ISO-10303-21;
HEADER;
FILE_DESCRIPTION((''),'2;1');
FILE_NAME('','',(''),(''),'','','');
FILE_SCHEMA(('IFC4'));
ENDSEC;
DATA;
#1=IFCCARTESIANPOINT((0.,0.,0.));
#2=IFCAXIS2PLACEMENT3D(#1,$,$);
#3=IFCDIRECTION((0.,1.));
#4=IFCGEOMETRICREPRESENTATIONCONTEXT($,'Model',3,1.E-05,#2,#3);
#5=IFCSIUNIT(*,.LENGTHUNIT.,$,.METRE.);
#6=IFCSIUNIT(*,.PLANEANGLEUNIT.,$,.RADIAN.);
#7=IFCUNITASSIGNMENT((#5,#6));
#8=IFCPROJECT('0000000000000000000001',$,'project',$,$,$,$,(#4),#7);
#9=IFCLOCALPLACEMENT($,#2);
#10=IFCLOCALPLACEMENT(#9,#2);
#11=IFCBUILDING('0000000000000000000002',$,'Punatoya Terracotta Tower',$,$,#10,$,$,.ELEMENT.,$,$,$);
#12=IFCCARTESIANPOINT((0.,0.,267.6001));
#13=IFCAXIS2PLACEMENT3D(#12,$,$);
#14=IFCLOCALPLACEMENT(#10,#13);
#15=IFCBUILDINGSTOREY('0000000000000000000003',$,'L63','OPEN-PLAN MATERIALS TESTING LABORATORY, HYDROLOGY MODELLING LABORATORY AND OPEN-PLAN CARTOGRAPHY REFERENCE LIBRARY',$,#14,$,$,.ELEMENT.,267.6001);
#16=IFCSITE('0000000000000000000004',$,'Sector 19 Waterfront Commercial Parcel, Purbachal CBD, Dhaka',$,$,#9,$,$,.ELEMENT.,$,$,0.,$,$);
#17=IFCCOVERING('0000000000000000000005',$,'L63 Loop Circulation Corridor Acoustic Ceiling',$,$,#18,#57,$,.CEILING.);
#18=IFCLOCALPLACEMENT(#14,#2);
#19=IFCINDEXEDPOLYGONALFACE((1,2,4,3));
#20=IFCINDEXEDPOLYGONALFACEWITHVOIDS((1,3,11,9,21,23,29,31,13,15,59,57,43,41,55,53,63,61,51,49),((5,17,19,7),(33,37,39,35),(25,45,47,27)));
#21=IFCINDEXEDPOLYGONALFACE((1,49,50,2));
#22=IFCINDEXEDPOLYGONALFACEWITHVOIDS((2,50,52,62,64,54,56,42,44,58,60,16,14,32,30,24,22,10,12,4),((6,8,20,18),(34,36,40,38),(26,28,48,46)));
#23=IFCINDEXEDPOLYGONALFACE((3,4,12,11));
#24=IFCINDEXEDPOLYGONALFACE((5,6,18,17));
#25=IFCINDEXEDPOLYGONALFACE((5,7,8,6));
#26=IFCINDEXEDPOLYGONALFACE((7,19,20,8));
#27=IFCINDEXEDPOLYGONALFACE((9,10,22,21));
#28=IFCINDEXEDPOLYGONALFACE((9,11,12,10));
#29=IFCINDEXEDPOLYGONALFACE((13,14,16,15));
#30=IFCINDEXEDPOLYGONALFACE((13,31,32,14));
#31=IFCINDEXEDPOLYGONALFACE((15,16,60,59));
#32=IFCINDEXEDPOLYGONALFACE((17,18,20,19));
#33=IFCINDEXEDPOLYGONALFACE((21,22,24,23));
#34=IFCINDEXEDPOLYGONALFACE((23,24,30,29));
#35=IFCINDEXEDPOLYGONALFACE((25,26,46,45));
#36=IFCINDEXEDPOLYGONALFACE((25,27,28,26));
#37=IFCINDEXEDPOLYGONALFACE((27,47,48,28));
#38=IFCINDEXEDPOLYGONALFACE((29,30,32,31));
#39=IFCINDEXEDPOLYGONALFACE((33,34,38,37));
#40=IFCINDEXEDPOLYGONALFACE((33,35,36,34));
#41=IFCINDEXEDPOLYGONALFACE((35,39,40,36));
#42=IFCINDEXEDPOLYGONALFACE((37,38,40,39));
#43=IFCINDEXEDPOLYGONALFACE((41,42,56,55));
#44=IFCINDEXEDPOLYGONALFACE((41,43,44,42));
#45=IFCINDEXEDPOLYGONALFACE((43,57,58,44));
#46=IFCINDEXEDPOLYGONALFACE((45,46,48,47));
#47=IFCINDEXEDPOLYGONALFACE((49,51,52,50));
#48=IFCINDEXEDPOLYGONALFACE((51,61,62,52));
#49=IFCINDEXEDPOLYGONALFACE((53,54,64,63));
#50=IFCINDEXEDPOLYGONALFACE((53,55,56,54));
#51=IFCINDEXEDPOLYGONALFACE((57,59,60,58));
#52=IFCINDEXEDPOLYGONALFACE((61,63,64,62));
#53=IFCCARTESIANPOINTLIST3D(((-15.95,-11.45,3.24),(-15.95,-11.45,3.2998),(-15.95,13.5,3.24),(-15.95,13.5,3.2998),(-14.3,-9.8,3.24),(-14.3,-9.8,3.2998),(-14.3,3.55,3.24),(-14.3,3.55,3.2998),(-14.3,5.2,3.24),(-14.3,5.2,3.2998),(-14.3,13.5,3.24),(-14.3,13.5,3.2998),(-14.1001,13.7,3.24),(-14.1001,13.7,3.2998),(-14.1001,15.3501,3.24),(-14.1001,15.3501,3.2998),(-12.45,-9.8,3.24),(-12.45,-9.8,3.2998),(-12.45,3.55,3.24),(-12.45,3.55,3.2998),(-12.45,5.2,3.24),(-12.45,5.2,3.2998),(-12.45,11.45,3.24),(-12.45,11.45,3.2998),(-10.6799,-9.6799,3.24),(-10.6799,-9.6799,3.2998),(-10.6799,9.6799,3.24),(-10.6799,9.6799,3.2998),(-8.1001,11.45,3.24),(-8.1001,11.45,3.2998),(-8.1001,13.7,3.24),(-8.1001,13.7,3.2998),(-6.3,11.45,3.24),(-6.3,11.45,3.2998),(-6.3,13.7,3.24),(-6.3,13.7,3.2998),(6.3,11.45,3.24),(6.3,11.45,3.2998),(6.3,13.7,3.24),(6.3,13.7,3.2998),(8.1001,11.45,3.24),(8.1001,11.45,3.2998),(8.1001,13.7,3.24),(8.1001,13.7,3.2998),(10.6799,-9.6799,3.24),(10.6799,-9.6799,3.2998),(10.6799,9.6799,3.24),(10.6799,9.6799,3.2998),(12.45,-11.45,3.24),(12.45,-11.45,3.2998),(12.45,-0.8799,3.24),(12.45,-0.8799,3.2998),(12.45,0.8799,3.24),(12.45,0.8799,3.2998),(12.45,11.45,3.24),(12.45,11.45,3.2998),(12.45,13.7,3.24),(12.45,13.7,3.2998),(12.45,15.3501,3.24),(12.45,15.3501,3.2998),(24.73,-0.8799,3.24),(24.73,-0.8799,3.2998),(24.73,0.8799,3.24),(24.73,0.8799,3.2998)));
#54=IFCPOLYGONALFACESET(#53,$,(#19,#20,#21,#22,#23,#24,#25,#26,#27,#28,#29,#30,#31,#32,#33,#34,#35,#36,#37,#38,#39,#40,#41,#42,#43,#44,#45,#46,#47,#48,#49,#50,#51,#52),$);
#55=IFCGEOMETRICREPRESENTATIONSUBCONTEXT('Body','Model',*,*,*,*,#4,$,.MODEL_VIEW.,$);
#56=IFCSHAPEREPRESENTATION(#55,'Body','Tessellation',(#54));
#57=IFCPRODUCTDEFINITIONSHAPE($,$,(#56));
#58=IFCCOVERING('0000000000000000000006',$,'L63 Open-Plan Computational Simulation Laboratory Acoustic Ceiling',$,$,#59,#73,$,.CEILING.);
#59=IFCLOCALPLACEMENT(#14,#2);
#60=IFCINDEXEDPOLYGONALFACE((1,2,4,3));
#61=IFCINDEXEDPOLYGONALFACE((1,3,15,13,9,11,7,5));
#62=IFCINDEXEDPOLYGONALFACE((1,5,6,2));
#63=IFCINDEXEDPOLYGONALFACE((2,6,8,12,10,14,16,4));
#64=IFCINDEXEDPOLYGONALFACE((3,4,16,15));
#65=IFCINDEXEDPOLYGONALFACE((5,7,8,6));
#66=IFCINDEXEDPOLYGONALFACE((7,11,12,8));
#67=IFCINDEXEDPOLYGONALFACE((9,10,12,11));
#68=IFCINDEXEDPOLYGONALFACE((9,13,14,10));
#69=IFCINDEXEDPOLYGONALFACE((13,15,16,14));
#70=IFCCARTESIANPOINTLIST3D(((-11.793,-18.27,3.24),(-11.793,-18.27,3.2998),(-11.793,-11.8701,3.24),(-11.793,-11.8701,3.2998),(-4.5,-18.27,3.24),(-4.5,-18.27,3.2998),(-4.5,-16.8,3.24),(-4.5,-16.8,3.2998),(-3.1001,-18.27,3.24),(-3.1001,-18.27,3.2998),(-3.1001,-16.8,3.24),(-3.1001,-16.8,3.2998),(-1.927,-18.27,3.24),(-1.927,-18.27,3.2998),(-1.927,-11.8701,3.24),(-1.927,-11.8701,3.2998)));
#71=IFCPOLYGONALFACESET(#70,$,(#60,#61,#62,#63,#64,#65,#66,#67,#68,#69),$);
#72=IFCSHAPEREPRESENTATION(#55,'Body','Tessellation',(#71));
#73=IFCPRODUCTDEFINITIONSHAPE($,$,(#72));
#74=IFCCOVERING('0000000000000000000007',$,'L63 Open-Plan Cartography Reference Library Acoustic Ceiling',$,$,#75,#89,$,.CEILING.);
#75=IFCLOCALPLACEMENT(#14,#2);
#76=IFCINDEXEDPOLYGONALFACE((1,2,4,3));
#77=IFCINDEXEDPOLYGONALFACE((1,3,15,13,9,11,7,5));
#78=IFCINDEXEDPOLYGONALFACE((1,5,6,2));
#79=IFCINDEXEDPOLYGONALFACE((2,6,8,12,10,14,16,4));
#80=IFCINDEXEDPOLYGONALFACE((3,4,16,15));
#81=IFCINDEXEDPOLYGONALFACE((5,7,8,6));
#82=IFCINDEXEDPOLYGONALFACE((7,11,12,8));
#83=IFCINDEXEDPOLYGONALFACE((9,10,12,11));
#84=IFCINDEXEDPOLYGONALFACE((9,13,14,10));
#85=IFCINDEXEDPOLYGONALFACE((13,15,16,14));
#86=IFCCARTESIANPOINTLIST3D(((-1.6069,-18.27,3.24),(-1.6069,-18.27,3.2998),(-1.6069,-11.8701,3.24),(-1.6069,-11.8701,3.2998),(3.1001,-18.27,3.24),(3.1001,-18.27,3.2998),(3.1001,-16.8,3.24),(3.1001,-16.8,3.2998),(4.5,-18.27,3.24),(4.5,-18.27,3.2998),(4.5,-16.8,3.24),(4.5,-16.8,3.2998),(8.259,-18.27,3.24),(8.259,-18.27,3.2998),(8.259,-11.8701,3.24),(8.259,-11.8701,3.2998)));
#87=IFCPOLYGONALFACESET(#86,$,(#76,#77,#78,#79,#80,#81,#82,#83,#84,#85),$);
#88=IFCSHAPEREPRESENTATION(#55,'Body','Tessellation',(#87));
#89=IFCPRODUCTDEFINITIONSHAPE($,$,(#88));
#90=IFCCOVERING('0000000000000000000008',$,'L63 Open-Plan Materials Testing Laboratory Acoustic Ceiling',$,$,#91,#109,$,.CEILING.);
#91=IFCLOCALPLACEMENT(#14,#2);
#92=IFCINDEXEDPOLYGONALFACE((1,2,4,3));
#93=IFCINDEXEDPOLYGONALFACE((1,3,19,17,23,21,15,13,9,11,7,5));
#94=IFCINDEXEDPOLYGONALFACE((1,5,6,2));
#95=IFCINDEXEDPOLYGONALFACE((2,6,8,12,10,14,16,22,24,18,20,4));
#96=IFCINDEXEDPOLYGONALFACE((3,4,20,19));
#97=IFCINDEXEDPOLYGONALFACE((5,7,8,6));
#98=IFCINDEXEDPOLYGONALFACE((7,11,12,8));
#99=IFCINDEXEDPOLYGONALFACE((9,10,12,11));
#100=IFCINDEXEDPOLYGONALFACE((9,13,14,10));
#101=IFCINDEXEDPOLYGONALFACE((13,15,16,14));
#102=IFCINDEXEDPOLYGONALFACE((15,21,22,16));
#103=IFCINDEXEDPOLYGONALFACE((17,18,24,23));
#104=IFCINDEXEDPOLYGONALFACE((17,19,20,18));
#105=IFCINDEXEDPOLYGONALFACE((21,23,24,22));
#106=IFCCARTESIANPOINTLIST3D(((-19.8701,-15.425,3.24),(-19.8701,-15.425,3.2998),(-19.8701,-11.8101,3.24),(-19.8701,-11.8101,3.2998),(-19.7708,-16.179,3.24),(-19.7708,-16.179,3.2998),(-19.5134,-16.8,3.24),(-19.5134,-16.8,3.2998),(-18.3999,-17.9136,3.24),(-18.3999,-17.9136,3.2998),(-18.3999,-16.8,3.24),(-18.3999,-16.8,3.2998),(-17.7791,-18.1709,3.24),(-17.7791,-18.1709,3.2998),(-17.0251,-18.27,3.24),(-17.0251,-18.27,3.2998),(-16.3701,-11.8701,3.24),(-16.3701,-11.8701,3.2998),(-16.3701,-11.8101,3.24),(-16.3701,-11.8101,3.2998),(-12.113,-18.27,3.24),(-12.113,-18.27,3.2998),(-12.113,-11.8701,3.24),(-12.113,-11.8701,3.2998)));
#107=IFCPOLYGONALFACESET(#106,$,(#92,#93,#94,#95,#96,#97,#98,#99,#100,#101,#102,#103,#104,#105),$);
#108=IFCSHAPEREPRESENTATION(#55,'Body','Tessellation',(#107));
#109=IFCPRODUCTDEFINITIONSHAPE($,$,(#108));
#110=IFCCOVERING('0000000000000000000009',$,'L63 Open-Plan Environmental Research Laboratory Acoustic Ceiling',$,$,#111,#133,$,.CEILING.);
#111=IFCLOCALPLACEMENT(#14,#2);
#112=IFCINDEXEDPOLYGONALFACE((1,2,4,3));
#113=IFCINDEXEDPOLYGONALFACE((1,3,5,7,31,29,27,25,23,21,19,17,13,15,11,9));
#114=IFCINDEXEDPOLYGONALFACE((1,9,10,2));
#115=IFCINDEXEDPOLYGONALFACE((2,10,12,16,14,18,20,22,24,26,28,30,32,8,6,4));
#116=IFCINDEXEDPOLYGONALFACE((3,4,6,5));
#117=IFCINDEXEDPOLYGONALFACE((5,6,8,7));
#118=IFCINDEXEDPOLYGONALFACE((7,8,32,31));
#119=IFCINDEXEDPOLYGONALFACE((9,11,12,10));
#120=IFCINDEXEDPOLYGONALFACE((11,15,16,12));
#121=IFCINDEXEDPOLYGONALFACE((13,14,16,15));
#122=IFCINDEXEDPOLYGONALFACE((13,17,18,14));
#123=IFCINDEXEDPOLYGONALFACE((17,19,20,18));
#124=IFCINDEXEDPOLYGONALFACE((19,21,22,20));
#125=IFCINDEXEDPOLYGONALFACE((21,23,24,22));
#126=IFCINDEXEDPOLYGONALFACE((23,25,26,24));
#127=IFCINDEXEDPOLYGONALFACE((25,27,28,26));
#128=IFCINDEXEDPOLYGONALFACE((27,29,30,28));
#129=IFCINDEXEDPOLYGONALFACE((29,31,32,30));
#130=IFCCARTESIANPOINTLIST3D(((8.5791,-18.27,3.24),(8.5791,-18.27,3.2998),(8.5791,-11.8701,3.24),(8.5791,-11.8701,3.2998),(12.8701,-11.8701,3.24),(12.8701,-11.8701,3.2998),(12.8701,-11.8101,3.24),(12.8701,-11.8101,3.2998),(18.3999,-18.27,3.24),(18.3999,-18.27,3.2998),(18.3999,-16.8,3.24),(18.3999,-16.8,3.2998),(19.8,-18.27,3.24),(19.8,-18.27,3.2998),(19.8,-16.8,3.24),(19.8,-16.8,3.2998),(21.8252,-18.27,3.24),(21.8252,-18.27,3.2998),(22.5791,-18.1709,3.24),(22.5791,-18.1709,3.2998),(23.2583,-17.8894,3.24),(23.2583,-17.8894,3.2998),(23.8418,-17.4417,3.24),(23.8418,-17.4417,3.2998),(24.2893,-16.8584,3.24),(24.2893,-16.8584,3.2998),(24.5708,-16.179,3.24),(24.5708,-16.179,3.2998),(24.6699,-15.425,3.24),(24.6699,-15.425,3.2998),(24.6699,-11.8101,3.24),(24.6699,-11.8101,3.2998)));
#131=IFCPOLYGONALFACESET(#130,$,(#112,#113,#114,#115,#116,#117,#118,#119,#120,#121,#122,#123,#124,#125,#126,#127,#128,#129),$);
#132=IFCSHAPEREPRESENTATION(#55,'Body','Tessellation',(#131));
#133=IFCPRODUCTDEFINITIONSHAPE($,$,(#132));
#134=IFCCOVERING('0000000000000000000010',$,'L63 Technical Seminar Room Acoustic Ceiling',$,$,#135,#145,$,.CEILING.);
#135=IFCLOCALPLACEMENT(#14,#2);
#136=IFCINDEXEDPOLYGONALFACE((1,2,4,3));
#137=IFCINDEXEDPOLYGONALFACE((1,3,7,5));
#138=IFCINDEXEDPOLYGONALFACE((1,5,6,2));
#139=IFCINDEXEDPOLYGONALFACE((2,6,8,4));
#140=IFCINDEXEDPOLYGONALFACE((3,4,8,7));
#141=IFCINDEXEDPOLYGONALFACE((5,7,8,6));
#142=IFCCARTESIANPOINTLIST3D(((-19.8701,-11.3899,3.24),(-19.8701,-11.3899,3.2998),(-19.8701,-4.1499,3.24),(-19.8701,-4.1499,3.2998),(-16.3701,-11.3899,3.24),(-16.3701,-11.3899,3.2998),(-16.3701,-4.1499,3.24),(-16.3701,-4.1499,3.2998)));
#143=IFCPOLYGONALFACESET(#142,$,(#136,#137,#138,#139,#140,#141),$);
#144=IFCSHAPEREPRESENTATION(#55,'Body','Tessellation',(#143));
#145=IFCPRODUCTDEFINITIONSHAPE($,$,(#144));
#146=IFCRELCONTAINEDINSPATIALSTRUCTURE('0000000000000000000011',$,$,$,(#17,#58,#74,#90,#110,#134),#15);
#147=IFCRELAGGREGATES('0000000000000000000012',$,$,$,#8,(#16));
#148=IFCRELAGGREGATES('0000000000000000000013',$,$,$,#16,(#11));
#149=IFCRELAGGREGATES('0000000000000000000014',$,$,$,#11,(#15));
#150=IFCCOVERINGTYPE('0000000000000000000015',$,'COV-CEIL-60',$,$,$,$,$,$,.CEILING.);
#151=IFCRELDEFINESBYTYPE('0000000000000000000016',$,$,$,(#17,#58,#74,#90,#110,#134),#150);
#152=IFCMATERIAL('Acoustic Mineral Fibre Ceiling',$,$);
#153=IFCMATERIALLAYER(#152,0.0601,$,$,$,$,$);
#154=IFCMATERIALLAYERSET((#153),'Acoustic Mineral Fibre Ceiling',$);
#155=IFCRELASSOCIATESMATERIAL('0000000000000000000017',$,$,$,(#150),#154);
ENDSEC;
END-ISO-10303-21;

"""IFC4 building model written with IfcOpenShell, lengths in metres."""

from ifc_helpers import new_model, si_unit, direction, frame, origin, place, context, subcontext, project, spatial, polyline, outline, extrude, material, layer, layer_set, type_object, element, save


model = new_model("IFC4")

# Units and contexts
model_context = context("Model", 3, precision=1e-05, world=origin(), true_north=direction((0.0, 1.0)))
body_context = subcontext(model_context, "Body", "Model", "MODEL_VIEW")
ifc_project = project(units=[si_unit("LENGTHUNIT", "METRE"), si_unit("PLANEANGLEUNIT", "RADIAN")], contexts=[model_context])

# Site, building, storey
site_placement = place(None, origin())
site = spatial("IfcSite", under=ifc_project, at=site_placement, Name="Sector 19 Waterfront Commercial Parcel, Purbachal CBD, Dhaka", CompositionType="ELEMENT", RefElevation=0.0)
building_placement = place(site_placement, origin())
building = spatial("IfcBuilding", under=site, at=building_placement, Name="Punatoya Terracotta Tower", CompositionType="ELEMENT")
storey_placement = place(building_placement, frame((0.0, 0.0, 267.6001)))
storey = spatial("IfcBuildingStorey", under=building, at=storey_placement, Name="L63", Description="OPEN-PLAN MATERIALS TESTING LABORATORY, HYDROLOGY MODELLING LABORATORY AND OPEN-PLAN CARTOGRAPHY REFERENCE LIBRARY", CompositionType="ELEMENT", Elevation=267.6001)

# Coverings
ifc_material_1 = material(Name="Acoustic Mineral Fibre Ceiling")
ifc_layer_1 = layer(ifc_material_1, 0.0601)
ifc_layer_set_1 = layer_set([ifc_layer_1], Name="Acoustic Mineral Fibre Ceiling")
covering_type = type_object("IfcCoveringType", Name="COV-CEIL-60", PredefinedType="CEILING", material=ifc_layer_set_1)
covering_1_placement = place(storey_placement, frame((0.0, 0.0, 3.24)))
element("IfcCovering", 1, at=covering_1_placement, inside=storey, type_object=covering_type, Name="L63 Loop Circulation Corridor Acoustic Ceiling", PredefinedType="CEILING", context=body_context, shape_type="SweptSolid", body=[
    extrude(outline(polyline([(-14.3, 5.2), (-14.3, 13.5), (-15.95, 13.5), (-15.95, -11.45), (12.45, -11.45), (12.45, -0.8799), (24.73, -0.8799), (24.73, 0.8799), (12.45, 0.8799), (12.45, 11.45), (8.1001, 11.45), (8.1001, 13.7), (12.45, 13.7), (12.45, 15.3501), (-14.1001, 15.3501), (-14.1001, 13.7), (-8.1001, 13.7), (-8.1001, 11.45), (-12.45, 11.45), (-12.45, 5.2), (-14.3, 5.2)]), holes=[polyline([(10.6799, 9.6799), (10.6799, -9.6799), (-10.6799, -9.6799), (-10.6799, 9.6799), (10.6799, 9.6799)]), polyline([(6.3, 13.7), (6.3, 11.45), (-6.3, 11.45), (-6.3, 13.7), (6.3, 13.7)]), polyline([(-14.3, 3.55), (-12.45, 3.55), (-12.45, -9.8), (-14.3, -9.8), (-14.3, 3.55)])]), origin(), (0.0, 0.0, 1.0), 0.0598),
])
covering_2_placement = place(storey_placement, frame((0.0, 0.0, 3.24)))
element("IfcCovering", 2, at=covering_2_placement, inside=storey, type_object=covering_type, Name="L63 Open-Plan Computational Simulation Laboratory Acoustic Ceiling", PredefinedType="CEILING", context=body_context, shape_type="SweptSolid", body=[
    extrude(outline(polyline([(-4.5, -18.27), (-4.5, -16.8), (-3.1001, -16.8), (-3.1001, -18.27), (-1.927, -18.27), (-1.927, -11.8701), (-11.793, -11.8701), (-11.793, -18.27), (-4.5, -18.27)])), origin(), (0.0, 0.0, 1.0), 0.0598),
])
covering_3_placement = place(storey_placement, frame((0.0, 0.0, 3.24)))
element("IfcCovering", 3, at=covering_3_placement, inside=storey, type_object=covering_type, Name="L63 Open-Plan Cartography Reference Library Acoustic Ceiling", PredefinedType="CEILING", context=body_context, shape_type="SweptSolid", body=[
    extrude(outline(polyline([(3.1001, -18.27), (3.1001, -16.8), (4.5, -16.8), (4.5, -18.27), (8.259, -18.27), (8.259, -11.8701), (-1.6069, -11.8701), (-1.6069, -18.27), (3.1001, -18.27)])), origin(), (0.0, 0.0, 1.0), 0.0598),
])
covering_4_placement = place(storey_placement, frame((0.0, 0.0, 3.24)))
element("IfcCovering", 4, at=covering_4_placement, inside=storey, type_object=covering_type, Name="L63 Open-Plan Materials Testing Laboratory Acoustic Ceiling", PredefinedType="CEILING", context=body_context, shape_type="SweptSolid", body=[
    extrude(outline(polyline([(-17.0251, -18.27), (-12.113, -18.27), (-12.113, -11.8701), (-16.3701, -11.8701), (-16.3701, -11.8101), (-19.8701, -11.8101), (-19.8701, -15.425), (-19.7708, -16.179), (-19.5134, -16.8), (-18.3999, -16.8), (-18.3999, -17.9136), (-17.7791, -18.1709), (-17.0251, -18.27)])), origin(), (0.0, 0.0, 1.0), 0.0598),
])
covering_5_placement = place(storey_placement, frame((0.0, 0.0, 3.24)))
element("IfcCovering", 5, at=covering_5_placement, inside=storey, type_object=covering_type, Name="L63 Open-Plan Environmental Research Laboratory Acoustic Ceiling", PredefinedType="CEILING", context=body_context, shape_type="SweptSolid", body=[
    extrude(outline(polyline([(12.8701, -11.8701), (8.5791, -11.8701), (8.5791, -18.27), (18.3999, -18.27), (18.3999, -16.8), (19.8, -16.8), (19.8, -18.27), (21.8252, -18.27), (22.5791, -18.1709), (23.2583, -17.8894), (23.8418, -17.4417), (24.2893, -16.8584), (24.5708, -16.179), (24.6699, -15.425), (24.6699, -11.8101), (12.8701, -11.8101), (12.8701, -11.8701)])), origin(), (0.0, 0.0, 1.0), 0.0598),
])
covering_6_placement = place(storey_placement, frame((0.0, 0.0, 3.24)))
element("IfcCovering", 6, at=covering_6_placement, inside=storey, type_object=covering_type, Name="L63 Technical Seminar Room Acoustic Ceiling", PredefinedType="CEILING", context=body_context, shape_type="SweptSolid", body=[
    extrude(outline(polyline([(-19.8701, -4.1499), (-19.8701, -11.3899), (-16.3701, -11.3899), (-16.3701, -4.1499), (-19.8701, -4.1499)])), origin(), (0.0, 0.0, 1.0), 0.0598),
])

save(model, "model.ifc")
